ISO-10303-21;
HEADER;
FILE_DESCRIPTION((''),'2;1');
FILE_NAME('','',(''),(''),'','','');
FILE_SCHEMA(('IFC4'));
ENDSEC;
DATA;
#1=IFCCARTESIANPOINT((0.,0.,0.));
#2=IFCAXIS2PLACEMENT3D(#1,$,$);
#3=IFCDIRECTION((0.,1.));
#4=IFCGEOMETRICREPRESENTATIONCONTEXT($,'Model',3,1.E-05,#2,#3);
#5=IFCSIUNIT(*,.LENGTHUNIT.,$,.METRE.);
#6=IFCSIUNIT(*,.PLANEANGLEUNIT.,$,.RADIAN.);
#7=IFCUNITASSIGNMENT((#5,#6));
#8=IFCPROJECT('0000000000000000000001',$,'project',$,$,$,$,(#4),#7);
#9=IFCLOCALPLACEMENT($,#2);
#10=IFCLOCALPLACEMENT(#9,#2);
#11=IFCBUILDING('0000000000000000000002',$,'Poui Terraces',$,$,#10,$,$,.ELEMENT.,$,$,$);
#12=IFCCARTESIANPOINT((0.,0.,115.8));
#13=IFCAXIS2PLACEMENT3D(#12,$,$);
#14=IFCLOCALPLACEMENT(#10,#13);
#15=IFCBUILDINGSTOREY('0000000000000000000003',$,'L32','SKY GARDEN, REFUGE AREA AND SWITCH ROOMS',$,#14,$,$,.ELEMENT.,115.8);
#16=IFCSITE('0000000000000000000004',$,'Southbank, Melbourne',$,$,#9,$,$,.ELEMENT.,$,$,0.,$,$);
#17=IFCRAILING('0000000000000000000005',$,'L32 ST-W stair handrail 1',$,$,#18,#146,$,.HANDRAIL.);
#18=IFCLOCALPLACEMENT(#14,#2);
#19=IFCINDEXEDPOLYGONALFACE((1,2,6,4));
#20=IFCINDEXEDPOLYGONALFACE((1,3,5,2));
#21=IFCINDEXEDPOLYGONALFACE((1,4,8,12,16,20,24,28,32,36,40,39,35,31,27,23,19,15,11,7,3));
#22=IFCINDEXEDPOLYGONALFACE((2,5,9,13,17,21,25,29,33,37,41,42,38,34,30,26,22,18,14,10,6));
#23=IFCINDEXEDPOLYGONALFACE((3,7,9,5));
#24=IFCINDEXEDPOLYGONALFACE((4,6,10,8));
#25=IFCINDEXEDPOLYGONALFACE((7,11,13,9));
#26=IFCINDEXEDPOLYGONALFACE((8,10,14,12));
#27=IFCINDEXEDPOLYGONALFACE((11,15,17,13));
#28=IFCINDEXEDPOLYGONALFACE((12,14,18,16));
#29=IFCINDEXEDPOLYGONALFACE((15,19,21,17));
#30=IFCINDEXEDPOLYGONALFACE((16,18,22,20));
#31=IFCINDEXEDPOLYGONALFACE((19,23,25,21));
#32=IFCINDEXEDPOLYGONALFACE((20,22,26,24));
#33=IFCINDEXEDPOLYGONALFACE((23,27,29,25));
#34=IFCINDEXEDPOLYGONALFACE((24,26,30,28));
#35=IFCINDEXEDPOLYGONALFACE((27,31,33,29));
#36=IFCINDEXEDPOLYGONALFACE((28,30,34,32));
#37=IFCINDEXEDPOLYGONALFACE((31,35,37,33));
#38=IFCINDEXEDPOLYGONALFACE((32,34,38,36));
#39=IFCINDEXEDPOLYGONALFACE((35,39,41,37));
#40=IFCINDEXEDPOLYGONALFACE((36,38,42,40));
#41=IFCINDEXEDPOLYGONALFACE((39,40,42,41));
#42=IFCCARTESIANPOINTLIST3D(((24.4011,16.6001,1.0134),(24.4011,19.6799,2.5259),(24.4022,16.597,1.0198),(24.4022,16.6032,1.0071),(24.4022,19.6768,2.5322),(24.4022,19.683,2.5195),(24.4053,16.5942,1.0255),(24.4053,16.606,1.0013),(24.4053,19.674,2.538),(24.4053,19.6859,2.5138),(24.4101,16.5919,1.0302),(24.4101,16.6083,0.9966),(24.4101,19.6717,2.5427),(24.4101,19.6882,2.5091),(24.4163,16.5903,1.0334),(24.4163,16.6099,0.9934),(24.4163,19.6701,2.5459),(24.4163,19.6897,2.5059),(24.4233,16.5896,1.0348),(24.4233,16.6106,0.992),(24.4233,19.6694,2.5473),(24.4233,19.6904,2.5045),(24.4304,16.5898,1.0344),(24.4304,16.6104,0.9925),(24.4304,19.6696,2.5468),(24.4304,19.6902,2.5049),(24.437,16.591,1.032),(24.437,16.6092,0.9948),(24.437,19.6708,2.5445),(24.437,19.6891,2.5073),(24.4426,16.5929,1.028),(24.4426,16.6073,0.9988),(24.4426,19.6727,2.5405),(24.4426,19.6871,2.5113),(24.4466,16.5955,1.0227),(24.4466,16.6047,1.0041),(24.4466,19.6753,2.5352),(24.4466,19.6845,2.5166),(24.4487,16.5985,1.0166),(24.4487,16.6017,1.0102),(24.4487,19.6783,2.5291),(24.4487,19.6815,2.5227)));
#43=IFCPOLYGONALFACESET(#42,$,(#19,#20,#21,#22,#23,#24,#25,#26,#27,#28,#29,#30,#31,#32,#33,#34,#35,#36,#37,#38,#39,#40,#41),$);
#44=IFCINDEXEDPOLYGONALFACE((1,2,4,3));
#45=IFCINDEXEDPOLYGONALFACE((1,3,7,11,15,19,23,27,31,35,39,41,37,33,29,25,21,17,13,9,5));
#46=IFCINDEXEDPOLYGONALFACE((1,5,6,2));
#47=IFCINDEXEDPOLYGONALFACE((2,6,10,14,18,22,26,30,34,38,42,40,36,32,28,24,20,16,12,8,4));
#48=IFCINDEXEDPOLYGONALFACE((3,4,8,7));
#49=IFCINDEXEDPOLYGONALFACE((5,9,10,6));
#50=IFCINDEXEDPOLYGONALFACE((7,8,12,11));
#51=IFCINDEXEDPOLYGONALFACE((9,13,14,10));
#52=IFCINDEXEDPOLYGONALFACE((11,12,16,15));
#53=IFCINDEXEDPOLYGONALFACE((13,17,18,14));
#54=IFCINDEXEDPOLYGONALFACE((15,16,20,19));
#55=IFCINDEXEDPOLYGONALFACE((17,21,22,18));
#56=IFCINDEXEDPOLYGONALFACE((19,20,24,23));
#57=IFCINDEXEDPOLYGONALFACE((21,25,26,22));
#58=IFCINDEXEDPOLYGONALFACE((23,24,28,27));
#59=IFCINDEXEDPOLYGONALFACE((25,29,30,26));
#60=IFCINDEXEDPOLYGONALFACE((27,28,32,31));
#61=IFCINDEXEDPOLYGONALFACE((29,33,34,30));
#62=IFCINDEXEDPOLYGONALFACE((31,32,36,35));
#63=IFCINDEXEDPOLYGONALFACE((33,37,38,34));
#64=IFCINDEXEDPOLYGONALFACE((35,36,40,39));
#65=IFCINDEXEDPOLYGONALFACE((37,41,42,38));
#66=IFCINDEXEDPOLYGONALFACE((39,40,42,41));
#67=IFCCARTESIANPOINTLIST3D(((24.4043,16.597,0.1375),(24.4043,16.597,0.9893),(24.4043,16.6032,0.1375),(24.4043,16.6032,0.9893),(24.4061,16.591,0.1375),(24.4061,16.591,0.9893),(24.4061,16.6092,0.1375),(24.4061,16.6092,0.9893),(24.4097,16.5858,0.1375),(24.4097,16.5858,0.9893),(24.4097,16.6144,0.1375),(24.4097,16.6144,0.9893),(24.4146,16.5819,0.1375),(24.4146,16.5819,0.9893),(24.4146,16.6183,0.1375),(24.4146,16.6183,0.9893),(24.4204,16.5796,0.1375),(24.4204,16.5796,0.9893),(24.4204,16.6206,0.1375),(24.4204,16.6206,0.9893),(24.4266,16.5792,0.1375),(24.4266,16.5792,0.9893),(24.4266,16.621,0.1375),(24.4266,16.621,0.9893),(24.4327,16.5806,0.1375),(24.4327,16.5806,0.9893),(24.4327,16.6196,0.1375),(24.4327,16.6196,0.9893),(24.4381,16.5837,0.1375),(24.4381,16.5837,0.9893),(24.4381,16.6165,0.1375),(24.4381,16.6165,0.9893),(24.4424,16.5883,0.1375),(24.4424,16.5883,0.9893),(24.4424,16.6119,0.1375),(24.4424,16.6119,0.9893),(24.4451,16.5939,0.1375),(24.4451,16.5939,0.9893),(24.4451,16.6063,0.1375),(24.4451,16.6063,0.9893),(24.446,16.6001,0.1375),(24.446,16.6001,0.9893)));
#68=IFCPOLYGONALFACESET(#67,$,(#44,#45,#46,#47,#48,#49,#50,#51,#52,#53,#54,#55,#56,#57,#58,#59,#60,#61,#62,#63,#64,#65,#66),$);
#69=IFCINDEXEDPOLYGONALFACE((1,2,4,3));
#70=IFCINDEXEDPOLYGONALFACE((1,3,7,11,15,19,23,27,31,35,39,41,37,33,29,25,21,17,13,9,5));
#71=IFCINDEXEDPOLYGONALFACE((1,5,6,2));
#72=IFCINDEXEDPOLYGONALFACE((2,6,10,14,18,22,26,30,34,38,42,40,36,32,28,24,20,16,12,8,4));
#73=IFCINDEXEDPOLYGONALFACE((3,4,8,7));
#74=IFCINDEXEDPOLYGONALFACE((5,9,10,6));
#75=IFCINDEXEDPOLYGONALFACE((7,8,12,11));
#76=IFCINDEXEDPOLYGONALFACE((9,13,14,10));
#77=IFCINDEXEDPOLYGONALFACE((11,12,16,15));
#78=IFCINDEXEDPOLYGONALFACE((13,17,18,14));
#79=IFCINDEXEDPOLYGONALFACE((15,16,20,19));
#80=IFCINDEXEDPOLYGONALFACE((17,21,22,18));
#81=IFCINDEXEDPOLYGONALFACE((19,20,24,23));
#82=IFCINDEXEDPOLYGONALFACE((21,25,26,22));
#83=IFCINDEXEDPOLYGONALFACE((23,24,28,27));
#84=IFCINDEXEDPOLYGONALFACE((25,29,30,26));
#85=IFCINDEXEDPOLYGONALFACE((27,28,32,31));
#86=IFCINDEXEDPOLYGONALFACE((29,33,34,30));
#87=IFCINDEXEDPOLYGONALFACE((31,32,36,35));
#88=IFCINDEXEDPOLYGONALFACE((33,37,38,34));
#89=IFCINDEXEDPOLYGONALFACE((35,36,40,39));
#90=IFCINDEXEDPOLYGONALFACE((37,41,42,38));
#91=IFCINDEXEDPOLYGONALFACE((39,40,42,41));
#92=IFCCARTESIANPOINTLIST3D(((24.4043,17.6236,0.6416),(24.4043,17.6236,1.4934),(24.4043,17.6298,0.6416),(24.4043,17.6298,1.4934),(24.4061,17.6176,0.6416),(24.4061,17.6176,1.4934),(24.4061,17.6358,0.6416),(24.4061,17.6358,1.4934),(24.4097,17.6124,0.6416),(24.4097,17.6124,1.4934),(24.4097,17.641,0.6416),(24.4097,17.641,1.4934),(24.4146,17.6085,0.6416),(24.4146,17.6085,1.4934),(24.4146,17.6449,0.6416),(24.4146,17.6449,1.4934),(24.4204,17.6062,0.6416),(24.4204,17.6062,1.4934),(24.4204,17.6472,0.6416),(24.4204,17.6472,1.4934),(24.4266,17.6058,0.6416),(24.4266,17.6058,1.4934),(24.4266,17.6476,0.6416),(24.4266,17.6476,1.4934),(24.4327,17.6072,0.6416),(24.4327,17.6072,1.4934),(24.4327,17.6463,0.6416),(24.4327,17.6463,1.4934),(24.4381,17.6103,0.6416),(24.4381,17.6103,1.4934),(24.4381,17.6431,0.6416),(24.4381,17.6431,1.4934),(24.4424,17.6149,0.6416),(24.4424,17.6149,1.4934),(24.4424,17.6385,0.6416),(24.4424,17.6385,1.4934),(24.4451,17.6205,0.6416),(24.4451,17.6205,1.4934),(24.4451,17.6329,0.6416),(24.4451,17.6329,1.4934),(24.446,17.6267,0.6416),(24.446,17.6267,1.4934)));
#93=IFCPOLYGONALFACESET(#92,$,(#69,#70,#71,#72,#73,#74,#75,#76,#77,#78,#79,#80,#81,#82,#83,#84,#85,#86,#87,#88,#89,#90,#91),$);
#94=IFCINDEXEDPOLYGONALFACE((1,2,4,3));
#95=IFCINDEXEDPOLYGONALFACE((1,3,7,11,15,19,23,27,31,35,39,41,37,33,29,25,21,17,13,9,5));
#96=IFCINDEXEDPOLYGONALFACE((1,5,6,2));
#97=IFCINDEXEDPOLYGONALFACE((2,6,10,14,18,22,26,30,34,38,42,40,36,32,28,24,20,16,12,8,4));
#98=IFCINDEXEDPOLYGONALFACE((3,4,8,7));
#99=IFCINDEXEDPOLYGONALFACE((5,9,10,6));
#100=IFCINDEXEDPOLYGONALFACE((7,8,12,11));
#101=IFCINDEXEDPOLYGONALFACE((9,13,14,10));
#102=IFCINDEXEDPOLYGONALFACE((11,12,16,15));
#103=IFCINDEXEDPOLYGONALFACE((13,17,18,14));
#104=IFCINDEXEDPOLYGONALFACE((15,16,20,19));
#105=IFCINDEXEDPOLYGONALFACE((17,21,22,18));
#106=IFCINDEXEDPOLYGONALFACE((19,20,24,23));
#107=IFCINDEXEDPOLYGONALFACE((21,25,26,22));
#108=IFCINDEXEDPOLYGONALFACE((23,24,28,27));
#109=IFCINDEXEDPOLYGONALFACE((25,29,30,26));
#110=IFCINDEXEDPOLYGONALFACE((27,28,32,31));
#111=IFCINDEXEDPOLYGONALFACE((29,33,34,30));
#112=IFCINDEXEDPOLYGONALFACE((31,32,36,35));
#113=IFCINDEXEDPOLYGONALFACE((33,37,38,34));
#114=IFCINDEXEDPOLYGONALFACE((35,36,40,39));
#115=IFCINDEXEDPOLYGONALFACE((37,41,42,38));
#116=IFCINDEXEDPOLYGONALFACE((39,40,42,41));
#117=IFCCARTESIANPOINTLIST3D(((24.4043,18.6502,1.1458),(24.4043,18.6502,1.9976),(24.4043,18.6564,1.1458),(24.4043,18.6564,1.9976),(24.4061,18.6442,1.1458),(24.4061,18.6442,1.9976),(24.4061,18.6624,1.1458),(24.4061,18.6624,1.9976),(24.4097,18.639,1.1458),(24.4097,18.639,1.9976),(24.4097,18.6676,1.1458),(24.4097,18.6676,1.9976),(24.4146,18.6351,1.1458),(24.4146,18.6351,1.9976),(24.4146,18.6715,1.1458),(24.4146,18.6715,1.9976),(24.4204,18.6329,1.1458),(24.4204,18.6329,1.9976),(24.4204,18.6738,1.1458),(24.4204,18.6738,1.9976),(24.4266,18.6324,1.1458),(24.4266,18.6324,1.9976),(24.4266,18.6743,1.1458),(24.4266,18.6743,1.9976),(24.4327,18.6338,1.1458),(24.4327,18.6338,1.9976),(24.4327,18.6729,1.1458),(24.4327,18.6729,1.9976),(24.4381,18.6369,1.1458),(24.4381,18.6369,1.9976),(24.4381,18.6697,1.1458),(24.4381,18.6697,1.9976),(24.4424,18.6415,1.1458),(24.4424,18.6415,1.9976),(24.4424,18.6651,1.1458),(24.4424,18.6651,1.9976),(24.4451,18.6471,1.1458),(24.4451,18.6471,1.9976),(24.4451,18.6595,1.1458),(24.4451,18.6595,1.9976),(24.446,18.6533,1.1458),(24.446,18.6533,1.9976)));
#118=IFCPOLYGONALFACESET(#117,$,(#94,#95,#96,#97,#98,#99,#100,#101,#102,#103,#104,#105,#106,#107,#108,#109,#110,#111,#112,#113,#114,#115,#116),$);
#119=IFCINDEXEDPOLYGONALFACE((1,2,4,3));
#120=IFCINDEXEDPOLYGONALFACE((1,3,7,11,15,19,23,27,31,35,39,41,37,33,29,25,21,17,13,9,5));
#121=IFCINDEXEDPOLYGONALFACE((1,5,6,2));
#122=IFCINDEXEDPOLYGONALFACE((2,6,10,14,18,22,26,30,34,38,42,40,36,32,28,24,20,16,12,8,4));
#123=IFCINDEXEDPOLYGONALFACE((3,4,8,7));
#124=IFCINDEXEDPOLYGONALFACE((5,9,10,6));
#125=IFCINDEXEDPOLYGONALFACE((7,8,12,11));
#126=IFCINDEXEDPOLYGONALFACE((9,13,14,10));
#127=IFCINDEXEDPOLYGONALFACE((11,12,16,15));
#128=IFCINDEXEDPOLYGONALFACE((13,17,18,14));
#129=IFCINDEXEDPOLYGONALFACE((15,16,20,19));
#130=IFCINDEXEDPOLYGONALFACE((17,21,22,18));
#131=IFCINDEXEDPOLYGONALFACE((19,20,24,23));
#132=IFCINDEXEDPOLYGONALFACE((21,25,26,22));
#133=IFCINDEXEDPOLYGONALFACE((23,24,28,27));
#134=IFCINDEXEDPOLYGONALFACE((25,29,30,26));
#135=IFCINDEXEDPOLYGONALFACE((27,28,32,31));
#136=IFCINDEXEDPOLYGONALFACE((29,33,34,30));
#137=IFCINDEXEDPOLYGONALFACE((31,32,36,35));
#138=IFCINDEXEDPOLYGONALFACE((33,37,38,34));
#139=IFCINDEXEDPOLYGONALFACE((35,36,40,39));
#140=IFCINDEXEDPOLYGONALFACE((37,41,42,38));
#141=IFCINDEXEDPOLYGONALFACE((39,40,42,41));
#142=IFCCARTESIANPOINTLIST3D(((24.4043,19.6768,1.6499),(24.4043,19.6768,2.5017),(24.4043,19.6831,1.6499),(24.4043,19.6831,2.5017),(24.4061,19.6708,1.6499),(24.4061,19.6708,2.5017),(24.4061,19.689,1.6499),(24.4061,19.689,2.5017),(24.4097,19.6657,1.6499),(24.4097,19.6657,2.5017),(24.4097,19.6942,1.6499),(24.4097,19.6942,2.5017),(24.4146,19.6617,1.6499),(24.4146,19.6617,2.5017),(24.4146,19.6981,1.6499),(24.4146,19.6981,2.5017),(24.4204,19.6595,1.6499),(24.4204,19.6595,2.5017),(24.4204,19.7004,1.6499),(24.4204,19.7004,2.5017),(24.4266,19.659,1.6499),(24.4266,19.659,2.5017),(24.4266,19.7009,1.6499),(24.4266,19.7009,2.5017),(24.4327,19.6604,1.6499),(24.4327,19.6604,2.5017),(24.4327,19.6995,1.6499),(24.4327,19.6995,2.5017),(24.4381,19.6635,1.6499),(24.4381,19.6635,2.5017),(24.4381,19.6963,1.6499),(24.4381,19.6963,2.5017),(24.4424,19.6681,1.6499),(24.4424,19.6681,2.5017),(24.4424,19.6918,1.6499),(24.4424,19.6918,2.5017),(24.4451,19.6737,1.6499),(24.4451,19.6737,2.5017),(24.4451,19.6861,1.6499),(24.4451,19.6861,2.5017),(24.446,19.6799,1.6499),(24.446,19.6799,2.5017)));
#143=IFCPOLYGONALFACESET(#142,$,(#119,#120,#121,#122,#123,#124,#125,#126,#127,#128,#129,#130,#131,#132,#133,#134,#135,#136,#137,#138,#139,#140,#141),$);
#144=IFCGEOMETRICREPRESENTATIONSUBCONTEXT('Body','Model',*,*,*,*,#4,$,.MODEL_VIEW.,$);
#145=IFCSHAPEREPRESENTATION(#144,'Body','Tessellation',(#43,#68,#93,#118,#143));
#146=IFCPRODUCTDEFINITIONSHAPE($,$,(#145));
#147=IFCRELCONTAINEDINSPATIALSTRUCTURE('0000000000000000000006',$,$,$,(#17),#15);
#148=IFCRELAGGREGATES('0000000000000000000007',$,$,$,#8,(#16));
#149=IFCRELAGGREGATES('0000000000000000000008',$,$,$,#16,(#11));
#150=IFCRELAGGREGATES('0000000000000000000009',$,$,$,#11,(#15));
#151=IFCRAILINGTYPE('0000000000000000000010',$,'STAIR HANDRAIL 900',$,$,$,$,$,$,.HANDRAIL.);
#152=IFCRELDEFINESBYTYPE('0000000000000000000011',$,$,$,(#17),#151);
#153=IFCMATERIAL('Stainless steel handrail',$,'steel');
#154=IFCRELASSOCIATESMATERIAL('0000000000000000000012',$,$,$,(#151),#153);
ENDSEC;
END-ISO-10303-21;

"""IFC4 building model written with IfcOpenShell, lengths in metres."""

from ifc_helpers import new_model, si_unit, direction, frame, origin, origin_2d, place, context, subcontext, project, spatial, circle, extrude, material, type_object, element, save


model = new_model("IFC4")

# Units and contexts
model_context = context("Model", 3, precision=1e-05, world=origin(), true_north=direction((0.0, 1.0)))
body_context = subcontext(model_context, "Body", "Model", "MODEL_VIEW")
ifc_project = project(units=[si_unit("LENGTHUNIT", "METRE"), si_unit("PLANEANGLEUNIT", "RADIAN")], contexts=[model_context])

# Site, building, storey
site_placement = place(None, origin())
site = spatial("IfcSite", under=ifc_project, at=site_placement, Name="Southbank, Melbourne", CompositionType="ELEMENT", RefElevation=0.0)
building_placement = place(site_placement, origin())
building = spatial("IfcBuilding", under=site, at=building_placement, Name="Poui Terraces", CompositionType="ELEMENT")
storey_placement = place(building_placement, frame((0.0, 0.0, 115.8)))
storey = spatial("IfcBuildingStorey", under=building, at=storey_placement, Name="L32", Description="SKY GARDEN, REFUGE AREA AND SWITCH ROOMS", CompositionType="ELEMENT", Elevation=115.8)

# Railing
ifc_material_1 = material(Name="Stainless steel handrail", Category="steel")
railing_type_1 = type_object("IfcRailingType", Name="STAIR HANDRAIL 900", PredefinedType="HANDRAIL", material=ifc_material_1)
for number, where, name in (
    (1, (24.425, 16.6001, 0.1375), "L32 ST-W stair handrail 1"),
):
    element("IfcRailing", number, at=place(storey_placement, frame(where)), inside=storey, type_object=railing_type_1, Name=name, PredefinedType="HANDRAIL", context=body_context, shape_type="SweptSolid", body=[
        extrude(circle(Radius=0.0239, at=origin_2d()), frame((0.0, 0.0, 0.876), z_axis=(0.0, 0.897606, 0.440798), x_axis=(-1.0, 0.0, 0.0)), (0.0, 0.0, 1.0), 3.4312),
        extrude(circle(Radius=0.021, at=origin_2d()), origin(), (0.0, 0.0, 1.0), 0.8518),
        extrude(circle(Radius=0.021, at=origin_2d()), frame((0.0, 1.0266, 0.5042)), (0.0, 0.0, 1.0), 0.8518),
        extrude(circle(Radius=0.021, at=origin_2d()), frame((0.0, 2.0532, 1.0083)), (0.0, 0.0, 1.0), 0.8518),
        extrude(circle(Radius=0.021, at=origin_2d()), frame((0.0, 3.0798, 1.5125)), (0.0, 0.0, 1.0), 0.8518),
    ])

save(model, "model.ifc")
